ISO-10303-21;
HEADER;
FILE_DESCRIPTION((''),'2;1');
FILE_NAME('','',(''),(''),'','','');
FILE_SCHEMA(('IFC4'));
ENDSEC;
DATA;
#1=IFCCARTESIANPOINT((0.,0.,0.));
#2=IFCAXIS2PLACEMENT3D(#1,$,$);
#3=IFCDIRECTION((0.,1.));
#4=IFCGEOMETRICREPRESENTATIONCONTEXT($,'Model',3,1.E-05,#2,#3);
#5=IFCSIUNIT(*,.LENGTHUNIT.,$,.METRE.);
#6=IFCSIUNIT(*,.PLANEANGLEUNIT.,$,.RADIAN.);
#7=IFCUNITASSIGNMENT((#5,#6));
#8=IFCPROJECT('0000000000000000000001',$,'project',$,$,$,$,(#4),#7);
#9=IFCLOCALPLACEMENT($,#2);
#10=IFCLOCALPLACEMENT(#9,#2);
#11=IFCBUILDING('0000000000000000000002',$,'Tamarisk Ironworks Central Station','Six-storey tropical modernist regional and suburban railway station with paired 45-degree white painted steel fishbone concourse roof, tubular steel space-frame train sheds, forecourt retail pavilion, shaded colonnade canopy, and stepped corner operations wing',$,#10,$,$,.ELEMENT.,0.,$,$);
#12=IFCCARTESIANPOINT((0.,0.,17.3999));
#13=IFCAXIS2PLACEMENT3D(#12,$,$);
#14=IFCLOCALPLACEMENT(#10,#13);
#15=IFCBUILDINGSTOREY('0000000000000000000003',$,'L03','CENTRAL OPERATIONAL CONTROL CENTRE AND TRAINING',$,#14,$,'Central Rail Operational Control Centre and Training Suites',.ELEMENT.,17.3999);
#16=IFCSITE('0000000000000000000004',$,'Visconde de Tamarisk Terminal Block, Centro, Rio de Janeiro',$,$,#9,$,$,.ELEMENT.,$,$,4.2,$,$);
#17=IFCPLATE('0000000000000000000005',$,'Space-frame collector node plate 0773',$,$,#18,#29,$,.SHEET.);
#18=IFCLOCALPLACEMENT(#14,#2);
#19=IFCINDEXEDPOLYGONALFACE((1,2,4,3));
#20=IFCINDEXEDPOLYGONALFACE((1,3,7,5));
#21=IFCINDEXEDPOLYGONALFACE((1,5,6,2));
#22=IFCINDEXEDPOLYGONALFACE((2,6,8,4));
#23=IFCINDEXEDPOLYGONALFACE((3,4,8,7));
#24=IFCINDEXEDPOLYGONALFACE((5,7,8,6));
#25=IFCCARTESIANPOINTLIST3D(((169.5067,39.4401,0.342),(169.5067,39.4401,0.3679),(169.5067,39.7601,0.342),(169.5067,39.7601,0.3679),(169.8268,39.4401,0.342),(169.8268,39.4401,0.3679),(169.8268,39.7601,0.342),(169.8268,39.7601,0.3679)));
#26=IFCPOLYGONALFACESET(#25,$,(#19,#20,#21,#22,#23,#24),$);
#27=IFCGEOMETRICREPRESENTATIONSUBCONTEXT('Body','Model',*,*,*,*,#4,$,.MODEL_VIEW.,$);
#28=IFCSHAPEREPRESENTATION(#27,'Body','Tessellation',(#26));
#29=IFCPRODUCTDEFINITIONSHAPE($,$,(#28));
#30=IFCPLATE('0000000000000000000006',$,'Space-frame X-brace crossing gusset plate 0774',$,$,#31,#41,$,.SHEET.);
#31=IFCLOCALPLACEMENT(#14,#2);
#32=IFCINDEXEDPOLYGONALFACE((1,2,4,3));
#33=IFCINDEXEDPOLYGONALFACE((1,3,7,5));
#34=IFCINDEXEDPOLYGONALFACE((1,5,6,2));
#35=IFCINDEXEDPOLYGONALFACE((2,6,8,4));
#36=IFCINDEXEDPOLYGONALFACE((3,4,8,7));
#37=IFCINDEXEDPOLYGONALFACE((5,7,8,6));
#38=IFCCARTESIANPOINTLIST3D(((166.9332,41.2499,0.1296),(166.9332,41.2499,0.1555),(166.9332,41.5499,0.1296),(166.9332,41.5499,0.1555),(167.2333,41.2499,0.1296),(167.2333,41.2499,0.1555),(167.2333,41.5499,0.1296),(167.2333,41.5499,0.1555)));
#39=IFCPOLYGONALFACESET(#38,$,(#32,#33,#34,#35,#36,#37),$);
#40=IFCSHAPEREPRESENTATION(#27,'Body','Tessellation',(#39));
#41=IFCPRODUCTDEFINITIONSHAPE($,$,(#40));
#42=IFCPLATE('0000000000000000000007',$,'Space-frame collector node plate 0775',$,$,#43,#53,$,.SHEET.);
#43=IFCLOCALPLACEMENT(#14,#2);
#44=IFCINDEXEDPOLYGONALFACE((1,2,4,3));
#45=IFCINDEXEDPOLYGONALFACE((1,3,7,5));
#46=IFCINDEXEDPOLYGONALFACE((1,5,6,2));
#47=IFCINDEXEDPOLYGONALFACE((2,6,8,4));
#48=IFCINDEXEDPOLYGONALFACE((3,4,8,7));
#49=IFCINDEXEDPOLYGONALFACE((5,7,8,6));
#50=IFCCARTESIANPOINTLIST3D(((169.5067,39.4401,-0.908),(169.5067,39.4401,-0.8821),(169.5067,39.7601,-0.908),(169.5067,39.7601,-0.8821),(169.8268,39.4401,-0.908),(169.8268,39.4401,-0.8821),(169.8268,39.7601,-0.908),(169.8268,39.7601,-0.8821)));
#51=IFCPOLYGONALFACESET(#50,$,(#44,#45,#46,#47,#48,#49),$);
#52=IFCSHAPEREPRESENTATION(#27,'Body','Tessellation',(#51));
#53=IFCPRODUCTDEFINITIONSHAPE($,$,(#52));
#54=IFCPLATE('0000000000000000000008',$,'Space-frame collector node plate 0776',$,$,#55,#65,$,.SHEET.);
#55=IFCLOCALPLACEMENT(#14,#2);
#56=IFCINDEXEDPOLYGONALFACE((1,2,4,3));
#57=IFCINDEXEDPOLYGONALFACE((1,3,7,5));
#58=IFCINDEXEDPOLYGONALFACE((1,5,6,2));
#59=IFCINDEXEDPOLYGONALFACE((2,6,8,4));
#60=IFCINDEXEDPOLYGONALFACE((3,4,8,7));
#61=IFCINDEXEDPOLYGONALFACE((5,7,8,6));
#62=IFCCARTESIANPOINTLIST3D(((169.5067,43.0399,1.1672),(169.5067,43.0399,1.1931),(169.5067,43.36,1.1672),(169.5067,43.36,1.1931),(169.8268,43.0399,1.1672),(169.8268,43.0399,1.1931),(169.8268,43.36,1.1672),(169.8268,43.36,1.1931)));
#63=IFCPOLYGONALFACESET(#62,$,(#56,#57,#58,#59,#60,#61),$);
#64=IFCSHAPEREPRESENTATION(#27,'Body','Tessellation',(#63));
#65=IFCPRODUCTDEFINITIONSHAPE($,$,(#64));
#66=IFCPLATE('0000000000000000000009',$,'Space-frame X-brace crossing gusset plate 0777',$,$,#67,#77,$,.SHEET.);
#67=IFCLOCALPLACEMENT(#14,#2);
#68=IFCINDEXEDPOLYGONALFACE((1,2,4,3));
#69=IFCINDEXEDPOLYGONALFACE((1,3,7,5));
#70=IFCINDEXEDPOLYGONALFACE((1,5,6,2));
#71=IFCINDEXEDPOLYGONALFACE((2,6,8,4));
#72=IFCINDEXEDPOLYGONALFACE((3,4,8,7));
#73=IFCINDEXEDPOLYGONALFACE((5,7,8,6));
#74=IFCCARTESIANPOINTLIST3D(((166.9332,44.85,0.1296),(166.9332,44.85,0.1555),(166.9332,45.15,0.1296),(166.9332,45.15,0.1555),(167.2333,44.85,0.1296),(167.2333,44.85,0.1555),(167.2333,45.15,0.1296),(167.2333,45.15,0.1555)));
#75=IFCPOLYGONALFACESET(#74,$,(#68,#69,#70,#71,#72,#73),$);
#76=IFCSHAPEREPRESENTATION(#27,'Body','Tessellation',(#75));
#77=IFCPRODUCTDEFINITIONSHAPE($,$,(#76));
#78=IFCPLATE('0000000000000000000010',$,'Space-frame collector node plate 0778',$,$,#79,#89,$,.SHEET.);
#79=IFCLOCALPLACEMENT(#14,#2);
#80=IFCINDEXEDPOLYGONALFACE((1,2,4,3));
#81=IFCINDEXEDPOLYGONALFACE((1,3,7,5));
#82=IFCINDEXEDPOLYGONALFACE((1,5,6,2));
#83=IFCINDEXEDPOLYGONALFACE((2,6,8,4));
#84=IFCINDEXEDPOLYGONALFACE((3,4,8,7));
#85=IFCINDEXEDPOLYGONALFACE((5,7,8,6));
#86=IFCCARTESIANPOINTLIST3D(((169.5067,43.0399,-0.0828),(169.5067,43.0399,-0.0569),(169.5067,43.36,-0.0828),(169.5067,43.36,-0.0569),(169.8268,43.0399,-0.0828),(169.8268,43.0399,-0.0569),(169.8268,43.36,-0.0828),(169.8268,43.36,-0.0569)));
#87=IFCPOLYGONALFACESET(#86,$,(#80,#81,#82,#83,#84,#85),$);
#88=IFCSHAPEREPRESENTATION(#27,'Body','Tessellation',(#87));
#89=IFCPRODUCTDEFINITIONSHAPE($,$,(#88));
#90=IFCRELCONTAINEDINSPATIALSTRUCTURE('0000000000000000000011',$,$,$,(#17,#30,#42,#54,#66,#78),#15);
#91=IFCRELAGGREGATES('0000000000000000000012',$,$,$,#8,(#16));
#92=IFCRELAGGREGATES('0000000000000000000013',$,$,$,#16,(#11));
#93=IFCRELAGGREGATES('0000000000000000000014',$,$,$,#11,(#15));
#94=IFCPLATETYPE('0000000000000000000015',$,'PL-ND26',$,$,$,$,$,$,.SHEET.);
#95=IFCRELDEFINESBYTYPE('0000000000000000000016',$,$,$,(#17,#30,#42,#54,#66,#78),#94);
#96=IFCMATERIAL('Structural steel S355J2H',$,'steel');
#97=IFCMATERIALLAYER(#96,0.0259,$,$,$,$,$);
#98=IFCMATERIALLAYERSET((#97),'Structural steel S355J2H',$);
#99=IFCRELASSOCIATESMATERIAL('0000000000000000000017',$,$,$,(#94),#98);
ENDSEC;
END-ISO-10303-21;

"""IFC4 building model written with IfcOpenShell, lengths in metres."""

from ifc_helpers import new_model, si_unit, direction, frame, origin, origin_2d, place, context, subcontext, project, spatial, rectangle, extrude, material, layer, layer_set, type_object, element, save


model = new_model("IFC4")

# Units and contexts
model_context = context("Model", 3, precision=1e-05, world=origin(), true_north=direction((0.0, 1.0)))
body_context = subcontext(model_context, "Body", "Model", "MODEL_VIEW")
ifc_project = project(units=[si_unit("LENGTHUNIT", "METRE"), si_unit("PLANEANGLEUNIT", "RADIAN")], contexts=[model_context])

# Site, building, storey
site_placement = place(None, origin())
site = spatial("IfcSite", under=ifc_project, at=site_placement, Name="Visconde de Tamarisk Terminal Block, Centro, Rio de Janeiro", CompositionType="ELEMENT", RefElevation=4.2)
building_placement = place(site_placement, origin())
building = spatial("IfcBuilding", under=site, at=building_placement, Name="Tamarisk Ironworks Central Station", Description="Six-storey tropical modernist regional and suburban railway station with paired 45-degree white painted steel fishbone concourse roof, tubular steel space-frame train sheds, forecourt retail pavilion, shaded colonnade canopy, and stepped corner operations wing", CompositionType="ELEMENT", ElevationOfRefHeight=0.0)
storey_placement = place(building_placement, frame((0.0, 0.0, 17.3999)))
storey = spatial("IfcBuildingStorey", under=building, at=storey_placement, Name="L03", Description="CENTRAL OPERATIONAL CONTROL CENTRE AND TRAINING", LongName="Central Rail Operational Control Centre and Training Suites", CompositionType="ELEMENT", Elevation=17.3999)

# Shared definitions
ifc_material = material(Name="Structural steel S355J2H", Category="steel")

# Plates
ifc_layer = layer(ifc_material, 0.0259)
ifc_layer_set = layer_set([ifc_layer], Name="Structural steel S355J2H")
plate_type = type_object("IfcPlateType", Name="PL-ND26", PredefinedType="SHEET", material=ifc_layer_set)
for number, where, z_axis, x_axis, name in (
    (1, (169.6667, 39.6001, 0.342), (0.0, 0.0, 1.0), (1.0, 0.0, 0.0), "Space-frame collector node plate 0773"),
):
    element("IfcPlate", number, at=place(storey_placement, frame(where, z_axis=z_axis, x_axis=x_axis)), inside=storey, type_object=plate_type, Name=name, PredefinedType="SHEET", context=body_context, shape_type="SweptSolid", body=[
        extrude(rectangle(XDim=0.3201, YDim=0.3201, at=origin_2d()), origin(), (0.0, 0.0, 1.0), 0.0259),
    ])
plate_1_placement = place(storey_placement, frame((167.0833, 41.3999, 0.1296), z_axis=(0.0, 0.0, 1.0), x_axis=(1.0, 0.0, 0.0)))
element("IfcPlate", 2, at=plate_1_placement, inside=storey, type_object=plate_type, Name="Space-frame X-brace crossing gusset plate 0774", PredefinedType="SHEET", context=body_context, shape_type="SweptSolid", body=[
    extrude(rectangle(XDim=0.3, YDim=0.3, at=origin_2d()), origin(), (0.0, 0.0, 1.0), 0.0259),
])
for number, where, z_axis, x_axis, name in (
    (3, (169.6667, 39.6001, -0.908), (0.0, 0.0, 1.0), (1.0, 0.0, 0.0), "Space-frame collector node plate 0775"),
    (4, (169.6667, 43.2, 1.1672), (0.0, 0.0, 1.0), (1.0, 0.0, 0.0), "Space-frame collector node plate 0776"),
):
    element("IfcPlate", number, at=place(storey_placement, frame(where, z_axis=z_axis, x_axis=x_axis)), inside=storey, type_object=plate_type, Name=name, PredefinedType="SHEET", context=body_context, shape_type="SweptSolid", body=[
        extrude(rectangle(XDim=0.3201, YDim=0.3201, at=origin_2d()), origin(), (0.0, 0.0, 1.0), 0.0259),
    ])
plate_2_placement = place(storey_placement, frame((167.0833, 45.0, 0.1296), z_axis=(0.0, 0.0, 1.0), x_axis=(1.0, 0.0, 0.0)))
element("IfcPlate", 5, at=plate_2_placement, inside=storey, type_object=plate_type, Name="Space-frame X-brace crossing gusset plate 0777", PredefinedType="SHEET", context=body_context, shape_type="SweptSolid", body=[
    extrude(rectangle(XDim=0.3, YDim=0.3, at=origin_2d()), origin(), (0.0, 0.0, 1.0), 0.0259),
])
plate_3_placement = place(storey_placement, frame((169.6667, 43.2, -0.0828), z_axis=(0.0, 0.0, 1.0), x_axis=(1.0, 0.0, 0.0)))
element("IfcPlate", 6, at=plate_3_placement, inside=storey, type_object=plate_type, Name="Space-frame collector node plate 0778", PredefinedType="SHEET", context=body_context, shape_type="SweptSolid", body=[
    extrude(rectangle(XDim=0.3201, YDim=0.3201, at=origin_2d()), origin(), (0.0, 0.0, 1.0), 0.0259),
])

save(model, "model.ifc")
